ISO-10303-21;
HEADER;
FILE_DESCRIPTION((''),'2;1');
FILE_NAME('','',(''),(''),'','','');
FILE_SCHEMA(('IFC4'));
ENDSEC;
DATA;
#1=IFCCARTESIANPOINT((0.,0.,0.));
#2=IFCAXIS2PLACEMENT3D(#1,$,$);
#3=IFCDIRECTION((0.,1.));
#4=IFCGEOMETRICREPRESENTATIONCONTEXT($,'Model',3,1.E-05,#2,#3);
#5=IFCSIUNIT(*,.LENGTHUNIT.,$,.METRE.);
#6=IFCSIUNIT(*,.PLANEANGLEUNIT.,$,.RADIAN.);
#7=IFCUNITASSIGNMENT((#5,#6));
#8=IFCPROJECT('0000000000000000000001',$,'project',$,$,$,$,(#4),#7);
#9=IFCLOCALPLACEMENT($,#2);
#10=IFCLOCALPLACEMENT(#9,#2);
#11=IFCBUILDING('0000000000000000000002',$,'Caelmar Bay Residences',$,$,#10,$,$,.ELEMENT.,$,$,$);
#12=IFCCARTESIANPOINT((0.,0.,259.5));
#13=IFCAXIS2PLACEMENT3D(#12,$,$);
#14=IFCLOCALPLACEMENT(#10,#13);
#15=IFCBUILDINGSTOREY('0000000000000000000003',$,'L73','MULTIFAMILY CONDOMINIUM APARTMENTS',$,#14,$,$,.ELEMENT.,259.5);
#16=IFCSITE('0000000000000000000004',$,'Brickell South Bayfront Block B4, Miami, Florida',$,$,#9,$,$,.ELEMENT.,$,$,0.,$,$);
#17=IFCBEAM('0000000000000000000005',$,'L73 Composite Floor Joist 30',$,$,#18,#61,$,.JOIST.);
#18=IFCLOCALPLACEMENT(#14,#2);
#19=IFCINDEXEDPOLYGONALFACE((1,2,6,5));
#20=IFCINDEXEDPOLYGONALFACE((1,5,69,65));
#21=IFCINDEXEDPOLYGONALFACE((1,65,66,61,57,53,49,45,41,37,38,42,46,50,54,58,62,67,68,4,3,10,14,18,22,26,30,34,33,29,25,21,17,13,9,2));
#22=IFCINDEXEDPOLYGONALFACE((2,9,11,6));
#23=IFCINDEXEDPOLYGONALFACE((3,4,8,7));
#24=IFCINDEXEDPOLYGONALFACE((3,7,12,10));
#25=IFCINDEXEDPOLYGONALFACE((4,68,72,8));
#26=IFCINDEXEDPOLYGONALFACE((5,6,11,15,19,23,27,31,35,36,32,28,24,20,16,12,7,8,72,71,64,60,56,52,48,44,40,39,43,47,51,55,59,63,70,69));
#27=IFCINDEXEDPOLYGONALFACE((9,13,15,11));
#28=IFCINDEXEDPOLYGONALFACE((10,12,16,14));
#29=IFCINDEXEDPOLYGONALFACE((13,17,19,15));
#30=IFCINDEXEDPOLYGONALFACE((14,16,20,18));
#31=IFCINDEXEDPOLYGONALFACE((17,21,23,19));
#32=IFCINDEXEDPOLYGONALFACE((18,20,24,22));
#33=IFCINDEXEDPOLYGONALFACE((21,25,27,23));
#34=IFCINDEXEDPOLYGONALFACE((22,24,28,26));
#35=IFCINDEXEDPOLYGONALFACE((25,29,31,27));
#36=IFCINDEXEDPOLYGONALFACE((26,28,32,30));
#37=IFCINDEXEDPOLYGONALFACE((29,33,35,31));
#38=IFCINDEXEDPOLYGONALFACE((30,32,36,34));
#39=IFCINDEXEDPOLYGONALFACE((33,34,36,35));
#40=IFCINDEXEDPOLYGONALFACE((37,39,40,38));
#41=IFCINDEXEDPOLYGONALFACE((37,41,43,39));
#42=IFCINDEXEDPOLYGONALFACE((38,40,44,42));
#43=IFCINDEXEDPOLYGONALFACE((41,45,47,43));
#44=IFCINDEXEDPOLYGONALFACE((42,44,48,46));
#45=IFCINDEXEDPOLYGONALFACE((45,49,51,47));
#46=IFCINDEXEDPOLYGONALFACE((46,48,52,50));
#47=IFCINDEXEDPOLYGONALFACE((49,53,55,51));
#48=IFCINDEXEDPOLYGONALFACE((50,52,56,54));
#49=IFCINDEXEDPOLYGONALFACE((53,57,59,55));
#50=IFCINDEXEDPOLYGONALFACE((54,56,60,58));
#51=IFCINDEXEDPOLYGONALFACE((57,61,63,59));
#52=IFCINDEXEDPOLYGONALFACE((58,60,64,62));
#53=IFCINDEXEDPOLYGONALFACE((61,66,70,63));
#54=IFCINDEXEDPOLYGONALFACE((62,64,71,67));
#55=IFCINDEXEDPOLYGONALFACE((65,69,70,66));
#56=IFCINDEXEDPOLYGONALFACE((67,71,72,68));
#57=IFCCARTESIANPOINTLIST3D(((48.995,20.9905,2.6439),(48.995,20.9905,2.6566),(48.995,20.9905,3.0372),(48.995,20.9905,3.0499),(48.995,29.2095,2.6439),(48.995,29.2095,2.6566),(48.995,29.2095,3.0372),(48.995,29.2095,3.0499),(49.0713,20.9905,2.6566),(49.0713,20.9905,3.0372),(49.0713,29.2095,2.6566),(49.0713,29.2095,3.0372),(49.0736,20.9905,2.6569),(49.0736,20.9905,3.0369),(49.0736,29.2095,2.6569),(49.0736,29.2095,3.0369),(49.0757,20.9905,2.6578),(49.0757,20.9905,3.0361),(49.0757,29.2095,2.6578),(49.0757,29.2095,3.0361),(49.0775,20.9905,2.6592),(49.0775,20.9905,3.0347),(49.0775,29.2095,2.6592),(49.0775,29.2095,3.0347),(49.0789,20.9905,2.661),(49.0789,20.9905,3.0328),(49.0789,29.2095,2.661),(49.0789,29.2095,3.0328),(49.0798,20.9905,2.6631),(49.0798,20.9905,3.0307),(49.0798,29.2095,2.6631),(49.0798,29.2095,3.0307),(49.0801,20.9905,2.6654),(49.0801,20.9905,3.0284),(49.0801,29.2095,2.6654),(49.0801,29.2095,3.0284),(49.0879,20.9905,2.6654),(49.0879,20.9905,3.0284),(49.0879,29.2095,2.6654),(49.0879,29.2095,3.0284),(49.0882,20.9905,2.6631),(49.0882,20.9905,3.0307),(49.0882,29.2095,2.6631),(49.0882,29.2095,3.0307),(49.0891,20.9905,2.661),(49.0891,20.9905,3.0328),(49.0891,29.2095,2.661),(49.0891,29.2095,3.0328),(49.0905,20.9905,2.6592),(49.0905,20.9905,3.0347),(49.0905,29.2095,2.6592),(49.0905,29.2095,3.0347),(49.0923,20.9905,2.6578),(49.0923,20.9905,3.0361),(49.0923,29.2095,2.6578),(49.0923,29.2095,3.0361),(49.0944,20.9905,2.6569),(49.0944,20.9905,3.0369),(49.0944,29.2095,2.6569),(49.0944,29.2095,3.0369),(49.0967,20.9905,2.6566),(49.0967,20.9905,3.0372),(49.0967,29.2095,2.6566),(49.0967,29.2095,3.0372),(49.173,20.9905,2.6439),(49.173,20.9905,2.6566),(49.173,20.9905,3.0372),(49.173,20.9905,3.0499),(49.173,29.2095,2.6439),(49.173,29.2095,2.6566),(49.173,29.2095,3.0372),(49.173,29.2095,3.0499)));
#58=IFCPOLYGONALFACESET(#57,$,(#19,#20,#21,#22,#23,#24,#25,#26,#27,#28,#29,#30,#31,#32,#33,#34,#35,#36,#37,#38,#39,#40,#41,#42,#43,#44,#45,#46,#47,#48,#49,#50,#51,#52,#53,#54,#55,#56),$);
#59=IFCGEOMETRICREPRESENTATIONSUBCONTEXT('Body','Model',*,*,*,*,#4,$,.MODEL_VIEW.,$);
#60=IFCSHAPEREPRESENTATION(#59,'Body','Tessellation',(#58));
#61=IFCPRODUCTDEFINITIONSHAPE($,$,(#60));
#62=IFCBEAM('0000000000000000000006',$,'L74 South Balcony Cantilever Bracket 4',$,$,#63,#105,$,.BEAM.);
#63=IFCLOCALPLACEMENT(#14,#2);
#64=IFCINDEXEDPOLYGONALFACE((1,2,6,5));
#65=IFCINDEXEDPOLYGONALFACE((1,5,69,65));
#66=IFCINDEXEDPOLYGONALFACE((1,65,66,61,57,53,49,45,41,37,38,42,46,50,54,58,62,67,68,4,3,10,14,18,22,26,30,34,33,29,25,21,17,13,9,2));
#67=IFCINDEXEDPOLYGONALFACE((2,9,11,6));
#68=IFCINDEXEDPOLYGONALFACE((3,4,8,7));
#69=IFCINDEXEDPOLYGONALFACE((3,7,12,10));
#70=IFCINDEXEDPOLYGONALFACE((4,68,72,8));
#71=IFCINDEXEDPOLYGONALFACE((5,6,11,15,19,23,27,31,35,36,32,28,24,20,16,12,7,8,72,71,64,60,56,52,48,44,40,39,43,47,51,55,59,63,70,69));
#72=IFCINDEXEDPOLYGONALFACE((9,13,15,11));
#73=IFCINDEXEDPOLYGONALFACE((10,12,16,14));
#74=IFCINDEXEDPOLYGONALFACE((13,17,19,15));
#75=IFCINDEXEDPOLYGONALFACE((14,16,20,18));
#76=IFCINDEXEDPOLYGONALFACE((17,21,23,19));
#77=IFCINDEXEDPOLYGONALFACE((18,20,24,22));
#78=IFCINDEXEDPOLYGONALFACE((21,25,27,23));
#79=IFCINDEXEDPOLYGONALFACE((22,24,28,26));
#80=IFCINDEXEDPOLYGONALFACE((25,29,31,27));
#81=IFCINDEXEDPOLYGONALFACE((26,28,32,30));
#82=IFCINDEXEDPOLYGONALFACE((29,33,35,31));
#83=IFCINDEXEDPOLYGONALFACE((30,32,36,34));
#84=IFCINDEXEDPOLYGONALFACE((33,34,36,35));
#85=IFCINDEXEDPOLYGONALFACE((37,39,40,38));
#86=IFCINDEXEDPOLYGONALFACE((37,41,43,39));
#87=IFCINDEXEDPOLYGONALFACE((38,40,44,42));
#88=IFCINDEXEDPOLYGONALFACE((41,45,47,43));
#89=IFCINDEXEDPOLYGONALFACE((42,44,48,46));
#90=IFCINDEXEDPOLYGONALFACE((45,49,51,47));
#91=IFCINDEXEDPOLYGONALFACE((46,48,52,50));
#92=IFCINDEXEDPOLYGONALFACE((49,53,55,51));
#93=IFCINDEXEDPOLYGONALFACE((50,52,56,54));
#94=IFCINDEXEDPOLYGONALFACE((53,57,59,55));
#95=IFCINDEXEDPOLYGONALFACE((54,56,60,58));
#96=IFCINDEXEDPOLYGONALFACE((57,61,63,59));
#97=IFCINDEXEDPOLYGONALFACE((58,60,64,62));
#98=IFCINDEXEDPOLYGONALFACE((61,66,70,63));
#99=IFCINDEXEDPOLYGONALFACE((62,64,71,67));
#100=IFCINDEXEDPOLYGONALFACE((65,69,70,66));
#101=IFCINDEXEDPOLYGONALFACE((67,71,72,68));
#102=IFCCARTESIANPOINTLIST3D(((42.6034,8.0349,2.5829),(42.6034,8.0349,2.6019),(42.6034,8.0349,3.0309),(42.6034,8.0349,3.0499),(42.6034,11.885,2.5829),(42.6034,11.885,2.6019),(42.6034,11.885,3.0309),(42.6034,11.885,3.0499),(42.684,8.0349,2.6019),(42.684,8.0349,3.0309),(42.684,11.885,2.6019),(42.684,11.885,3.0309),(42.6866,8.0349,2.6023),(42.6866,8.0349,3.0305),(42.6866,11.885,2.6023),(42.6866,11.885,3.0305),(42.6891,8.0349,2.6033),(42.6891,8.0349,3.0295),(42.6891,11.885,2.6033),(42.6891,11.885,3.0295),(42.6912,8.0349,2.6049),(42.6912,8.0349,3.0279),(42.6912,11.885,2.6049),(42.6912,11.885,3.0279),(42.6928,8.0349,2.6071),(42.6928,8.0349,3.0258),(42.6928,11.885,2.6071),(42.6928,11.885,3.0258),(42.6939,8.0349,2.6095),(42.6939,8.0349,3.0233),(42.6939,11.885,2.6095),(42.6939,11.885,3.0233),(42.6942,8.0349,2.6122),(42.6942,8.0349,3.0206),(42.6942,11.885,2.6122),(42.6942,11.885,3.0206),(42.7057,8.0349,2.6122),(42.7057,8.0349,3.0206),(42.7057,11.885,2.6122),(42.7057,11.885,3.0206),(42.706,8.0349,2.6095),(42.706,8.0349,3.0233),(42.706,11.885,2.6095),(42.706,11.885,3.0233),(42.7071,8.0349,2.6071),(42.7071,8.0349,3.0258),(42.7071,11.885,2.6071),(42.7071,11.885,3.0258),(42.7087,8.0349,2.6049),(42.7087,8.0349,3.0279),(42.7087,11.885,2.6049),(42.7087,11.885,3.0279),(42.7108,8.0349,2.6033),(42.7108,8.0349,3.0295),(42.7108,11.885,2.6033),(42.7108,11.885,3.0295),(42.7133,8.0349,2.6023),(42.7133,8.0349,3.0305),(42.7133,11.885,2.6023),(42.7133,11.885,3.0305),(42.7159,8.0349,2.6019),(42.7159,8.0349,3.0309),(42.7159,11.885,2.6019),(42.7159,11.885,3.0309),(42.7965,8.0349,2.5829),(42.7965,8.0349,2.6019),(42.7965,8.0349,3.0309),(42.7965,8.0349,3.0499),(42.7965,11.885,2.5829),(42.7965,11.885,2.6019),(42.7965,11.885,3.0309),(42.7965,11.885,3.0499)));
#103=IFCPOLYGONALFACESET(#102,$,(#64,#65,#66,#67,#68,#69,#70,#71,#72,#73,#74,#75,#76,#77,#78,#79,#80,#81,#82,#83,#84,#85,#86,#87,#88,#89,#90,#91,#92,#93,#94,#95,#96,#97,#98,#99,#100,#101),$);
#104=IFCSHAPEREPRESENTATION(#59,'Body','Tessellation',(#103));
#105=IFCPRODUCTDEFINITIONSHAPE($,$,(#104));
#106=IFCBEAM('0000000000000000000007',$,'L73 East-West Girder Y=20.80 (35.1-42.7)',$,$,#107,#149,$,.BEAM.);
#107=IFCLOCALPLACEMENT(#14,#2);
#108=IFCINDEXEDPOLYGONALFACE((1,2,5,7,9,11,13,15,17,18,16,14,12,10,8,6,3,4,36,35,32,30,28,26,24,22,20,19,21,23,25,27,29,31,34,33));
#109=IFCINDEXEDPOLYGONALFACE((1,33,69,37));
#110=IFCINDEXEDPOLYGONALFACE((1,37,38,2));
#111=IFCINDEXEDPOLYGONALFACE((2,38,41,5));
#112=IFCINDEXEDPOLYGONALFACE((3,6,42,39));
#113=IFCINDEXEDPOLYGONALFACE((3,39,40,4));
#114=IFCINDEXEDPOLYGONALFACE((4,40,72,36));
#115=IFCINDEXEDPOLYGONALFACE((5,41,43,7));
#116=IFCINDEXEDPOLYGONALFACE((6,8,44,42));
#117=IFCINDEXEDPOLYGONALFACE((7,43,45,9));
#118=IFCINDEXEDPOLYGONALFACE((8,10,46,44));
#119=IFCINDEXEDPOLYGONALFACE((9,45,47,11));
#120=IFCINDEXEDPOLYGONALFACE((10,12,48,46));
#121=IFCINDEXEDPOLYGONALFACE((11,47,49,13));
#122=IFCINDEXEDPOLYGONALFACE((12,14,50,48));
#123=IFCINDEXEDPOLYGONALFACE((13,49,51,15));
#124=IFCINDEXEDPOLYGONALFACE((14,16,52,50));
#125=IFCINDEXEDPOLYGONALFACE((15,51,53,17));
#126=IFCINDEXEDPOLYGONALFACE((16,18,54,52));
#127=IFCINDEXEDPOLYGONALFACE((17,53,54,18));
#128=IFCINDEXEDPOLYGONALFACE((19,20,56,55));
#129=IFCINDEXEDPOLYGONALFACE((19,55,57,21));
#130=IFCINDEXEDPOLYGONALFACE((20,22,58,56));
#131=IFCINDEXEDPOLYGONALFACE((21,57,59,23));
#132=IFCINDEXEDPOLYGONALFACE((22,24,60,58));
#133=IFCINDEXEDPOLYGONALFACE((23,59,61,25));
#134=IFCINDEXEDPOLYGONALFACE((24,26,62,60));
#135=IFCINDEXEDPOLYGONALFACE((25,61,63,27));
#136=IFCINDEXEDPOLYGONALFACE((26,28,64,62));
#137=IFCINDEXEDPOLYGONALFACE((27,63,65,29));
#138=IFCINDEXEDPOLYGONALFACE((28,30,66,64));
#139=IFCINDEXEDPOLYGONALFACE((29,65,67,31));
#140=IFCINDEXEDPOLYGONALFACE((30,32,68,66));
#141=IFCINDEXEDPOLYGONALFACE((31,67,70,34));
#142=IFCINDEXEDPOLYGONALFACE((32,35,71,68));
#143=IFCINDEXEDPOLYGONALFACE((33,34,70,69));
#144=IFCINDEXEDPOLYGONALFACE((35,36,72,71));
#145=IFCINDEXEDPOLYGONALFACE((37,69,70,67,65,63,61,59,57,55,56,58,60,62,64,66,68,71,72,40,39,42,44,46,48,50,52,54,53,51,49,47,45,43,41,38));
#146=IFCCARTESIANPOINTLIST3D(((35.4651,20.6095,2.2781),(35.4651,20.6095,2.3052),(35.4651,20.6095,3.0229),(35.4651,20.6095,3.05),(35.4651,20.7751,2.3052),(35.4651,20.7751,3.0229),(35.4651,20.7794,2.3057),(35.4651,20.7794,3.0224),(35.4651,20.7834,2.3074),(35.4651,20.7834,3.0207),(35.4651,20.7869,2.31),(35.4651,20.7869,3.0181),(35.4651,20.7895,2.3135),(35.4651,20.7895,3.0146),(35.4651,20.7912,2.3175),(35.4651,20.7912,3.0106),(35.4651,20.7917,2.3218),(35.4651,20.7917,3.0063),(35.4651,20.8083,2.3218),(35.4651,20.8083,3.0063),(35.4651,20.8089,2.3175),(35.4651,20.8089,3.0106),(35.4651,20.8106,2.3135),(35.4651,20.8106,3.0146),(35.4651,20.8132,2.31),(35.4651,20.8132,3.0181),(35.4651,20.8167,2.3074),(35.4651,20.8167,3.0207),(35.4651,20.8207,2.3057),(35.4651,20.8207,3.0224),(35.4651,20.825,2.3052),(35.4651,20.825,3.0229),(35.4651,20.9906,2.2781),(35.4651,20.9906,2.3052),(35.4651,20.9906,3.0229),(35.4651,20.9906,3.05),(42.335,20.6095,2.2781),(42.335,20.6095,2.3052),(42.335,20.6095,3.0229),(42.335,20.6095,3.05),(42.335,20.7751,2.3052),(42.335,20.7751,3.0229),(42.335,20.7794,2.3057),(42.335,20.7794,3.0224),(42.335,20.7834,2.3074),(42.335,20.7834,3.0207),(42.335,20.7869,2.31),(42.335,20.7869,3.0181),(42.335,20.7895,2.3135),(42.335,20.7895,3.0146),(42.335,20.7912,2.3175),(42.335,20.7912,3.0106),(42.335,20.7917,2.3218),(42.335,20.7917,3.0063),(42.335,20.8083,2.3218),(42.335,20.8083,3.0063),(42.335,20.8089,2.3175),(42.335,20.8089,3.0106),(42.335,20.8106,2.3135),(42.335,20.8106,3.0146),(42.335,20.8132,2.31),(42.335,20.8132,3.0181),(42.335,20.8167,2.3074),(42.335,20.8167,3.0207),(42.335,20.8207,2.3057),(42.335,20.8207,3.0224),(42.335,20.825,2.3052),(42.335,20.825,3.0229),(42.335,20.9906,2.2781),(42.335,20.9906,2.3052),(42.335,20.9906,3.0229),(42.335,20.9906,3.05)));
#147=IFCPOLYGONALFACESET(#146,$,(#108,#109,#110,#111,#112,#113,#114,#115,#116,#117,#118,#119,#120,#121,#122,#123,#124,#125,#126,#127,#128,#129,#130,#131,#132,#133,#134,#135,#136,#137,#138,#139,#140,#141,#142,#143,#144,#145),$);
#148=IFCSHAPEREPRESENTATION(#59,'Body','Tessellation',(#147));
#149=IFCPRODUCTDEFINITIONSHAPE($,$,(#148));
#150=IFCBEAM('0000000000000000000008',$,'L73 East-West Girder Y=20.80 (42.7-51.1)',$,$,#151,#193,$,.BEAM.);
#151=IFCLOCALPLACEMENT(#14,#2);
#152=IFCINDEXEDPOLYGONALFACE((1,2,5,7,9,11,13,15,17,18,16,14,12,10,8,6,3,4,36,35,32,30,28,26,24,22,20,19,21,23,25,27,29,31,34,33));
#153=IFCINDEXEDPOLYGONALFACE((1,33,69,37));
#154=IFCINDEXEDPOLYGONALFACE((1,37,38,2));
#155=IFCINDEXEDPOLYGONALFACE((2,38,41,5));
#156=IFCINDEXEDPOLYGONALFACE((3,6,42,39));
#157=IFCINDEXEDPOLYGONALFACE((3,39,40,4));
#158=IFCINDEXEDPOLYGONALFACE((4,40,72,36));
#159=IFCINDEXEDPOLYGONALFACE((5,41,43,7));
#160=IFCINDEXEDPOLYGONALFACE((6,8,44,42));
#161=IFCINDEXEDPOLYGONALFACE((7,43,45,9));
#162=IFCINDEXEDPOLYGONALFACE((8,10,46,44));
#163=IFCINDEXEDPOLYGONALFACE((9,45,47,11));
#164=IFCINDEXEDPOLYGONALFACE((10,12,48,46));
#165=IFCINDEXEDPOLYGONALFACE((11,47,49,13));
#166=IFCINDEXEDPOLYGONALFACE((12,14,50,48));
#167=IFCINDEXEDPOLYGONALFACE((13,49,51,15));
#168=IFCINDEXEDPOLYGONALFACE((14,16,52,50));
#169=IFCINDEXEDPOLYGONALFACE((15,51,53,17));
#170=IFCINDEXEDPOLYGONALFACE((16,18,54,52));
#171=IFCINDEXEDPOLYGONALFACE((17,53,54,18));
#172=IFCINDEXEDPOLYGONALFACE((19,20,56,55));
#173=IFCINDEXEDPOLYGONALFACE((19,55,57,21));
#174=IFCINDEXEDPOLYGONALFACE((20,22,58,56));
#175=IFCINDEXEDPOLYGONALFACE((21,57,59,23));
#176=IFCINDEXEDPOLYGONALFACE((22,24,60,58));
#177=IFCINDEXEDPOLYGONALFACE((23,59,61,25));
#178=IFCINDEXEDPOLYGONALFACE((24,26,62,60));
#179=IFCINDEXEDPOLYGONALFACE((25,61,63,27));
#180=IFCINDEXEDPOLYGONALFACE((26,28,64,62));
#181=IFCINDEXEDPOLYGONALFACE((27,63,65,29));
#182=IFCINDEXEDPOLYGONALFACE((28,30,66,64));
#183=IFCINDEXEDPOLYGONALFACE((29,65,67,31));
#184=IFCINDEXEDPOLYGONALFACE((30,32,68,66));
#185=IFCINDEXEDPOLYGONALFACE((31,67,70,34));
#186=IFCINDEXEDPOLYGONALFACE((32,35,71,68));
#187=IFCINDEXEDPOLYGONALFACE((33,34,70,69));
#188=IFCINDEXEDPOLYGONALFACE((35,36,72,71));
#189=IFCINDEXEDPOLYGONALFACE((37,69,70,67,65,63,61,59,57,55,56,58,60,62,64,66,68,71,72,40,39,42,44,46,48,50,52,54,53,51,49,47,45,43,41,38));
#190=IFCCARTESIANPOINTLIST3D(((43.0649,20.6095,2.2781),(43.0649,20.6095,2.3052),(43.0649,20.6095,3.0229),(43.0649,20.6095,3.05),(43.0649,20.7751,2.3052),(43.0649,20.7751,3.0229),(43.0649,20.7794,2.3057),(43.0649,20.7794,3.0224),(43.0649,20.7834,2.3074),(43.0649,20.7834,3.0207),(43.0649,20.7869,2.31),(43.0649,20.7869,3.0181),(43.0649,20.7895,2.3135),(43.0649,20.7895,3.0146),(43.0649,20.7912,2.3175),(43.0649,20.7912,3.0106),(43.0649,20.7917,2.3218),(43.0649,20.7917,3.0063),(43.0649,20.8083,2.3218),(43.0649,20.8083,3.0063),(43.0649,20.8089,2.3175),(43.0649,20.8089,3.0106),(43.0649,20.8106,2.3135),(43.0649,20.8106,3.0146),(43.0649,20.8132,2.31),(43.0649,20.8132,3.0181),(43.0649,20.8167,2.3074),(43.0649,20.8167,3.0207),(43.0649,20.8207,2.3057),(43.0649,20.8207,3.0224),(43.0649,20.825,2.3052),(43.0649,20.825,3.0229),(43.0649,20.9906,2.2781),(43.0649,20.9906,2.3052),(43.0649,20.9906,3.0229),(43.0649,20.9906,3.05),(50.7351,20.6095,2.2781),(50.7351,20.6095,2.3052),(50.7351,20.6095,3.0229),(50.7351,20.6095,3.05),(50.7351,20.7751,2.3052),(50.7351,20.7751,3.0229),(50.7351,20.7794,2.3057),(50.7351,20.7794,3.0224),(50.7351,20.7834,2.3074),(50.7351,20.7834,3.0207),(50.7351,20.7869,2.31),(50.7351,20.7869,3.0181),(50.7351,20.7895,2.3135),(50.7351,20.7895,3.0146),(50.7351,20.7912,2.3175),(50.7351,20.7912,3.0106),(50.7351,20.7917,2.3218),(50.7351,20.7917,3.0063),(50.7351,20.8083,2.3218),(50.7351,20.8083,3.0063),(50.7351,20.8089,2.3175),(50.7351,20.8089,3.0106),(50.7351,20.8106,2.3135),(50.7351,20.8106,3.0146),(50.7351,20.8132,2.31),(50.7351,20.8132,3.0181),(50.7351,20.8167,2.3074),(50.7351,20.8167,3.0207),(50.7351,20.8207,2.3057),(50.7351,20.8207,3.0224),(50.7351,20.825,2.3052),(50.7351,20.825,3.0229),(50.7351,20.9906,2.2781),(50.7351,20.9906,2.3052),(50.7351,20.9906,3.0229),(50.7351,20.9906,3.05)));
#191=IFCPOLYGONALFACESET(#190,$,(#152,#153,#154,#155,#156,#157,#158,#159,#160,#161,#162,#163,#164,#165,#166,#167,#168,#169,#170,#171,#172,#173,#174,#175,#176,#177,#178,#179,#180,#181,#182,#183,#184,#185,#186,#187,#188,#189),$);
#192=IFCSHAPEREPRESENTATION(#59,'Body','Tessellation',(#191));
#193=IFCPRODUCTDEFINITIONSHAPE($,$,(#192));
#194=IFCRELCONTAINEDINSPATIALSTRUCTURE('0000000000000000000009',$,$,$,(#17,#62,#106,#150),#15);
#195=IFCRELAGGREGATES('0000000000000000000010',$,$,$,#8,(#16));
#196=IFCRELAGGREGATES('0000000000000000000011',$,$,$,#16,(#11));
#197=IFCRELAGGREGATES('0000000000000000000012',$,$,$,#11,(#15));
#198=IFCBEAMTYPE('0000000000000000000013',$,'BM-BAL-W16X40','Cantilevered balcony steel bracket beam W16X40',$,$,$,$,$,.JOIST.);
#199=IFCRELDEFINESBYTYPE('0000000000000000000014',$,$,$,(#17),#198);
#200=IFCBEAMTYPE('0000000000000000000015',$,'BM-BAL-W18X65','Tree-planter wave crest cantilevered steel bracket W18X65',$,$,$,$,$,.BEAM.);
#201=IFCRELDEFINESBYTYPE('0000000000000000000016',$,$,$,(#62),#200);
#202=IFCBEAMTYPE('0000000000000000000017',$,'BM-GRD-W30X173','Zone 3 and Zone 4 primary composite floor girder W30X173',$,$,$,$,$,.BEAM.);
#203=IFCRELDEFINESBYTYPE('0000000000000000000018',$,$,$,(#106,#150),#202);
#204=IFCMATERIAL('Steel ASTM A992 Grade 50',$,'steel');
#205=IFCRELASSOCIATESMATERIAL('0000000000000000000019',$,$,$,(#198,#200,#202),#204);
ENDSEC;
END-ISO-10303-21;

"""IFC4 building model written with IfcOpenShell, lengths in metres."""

from ifc_helpers import new_model, si_unit, direction, frame, origin, origin_2d, place, context, subcontext, project, spatial, i_section, extrude, material, material_profile, profile_set, type_object, element, save


model = new_model("IFC4")

# Units and contexts
model_context = context("Model", 3, precision=1e-05, world=origin(), true_north=direction((0.0, 1.0)))
body_context = subcontext(model_context, "Body", "Model", "MODEL_VIEW")
ifc_project = project(units=[si_unit("LENGTHUNIT", "METRE"), si_unit("PLANEANGLEUNIT", "RADIAN")], contexts=[model_context])

# Site, building, storey
site_placement = place(None, origin())
site = spatial("IfcSite", under=ifc_project, at=site_placement, Name="Brickell South Bayfront Block B4, Miami, Florida", CompositionType="ELEMENT", RefElevation=0.0)
building_placement = place(site_placement, origin())
building = spatial("IfcBuilding", under=site, at=building_placement, Name="Caelmar Bay Residences", CompositionType="ELEMENT")
storey_placement = place(building_placement, frame((0.0, 0.0, 259.5)))
storey = spatial("IfcBuildingStorey", under=building, at=storey_placement, Name="L73", Description="MULTIFAMILY CONDOMINIUM APARTMENTS", CompositionType="ELEMENT", Elevation=259.5)

# Beams
ifc_material_1 = material(Name="Steel ASTM A992 Grade 50", Category="steel")
ifc_material_profile_1 = material_profile(ifc_material_1, i_section(OverallWidth=0.178, OverallDepth=0.406, WebThickness=0.0078, FlangeThickness=0.0127, FilletRadius=0.0088, at=origin_2d()), Name="W16X40")
ifc_profile_set_1 = profile_set([ifc_material_profile_1], Name="Steel ASTM A992 Grade 50")
beam_type_1 = type_object("IfcBeamType", Name="BM-BAL-W16X40", Description="Cantilevered balcony steel bracket beam W16X40", PredefinedType="JOIST", material=ifc_profile_set_1)
for number, where, z_axis, x_axis, name in (
    (1, (49.084, 20.9905, 2.8469), (0.0, 1.0, 0.0), (-1.0, 0.0, 0.0), "L73 Composite Floor Joist 30"),
):
    element("IfcBeam", number, at=place(storey_placement, frame(where, z_axis=z_axis, x_axis=x_axis)), inside=storey, type_object=beam_type_1, Name=name, PredefinedType="JOIST", context=body_context, shape_type="SweptSolid", body=[
        extrude(i_section(OverallWidth=0.178, OverallDepth=0.406, WebThickness=0.0078, FlangeThickness=0.0127, FilletRadius=0.0088, at=origin_2d()), origin(), (0.0, 0.0, 1.0), 8.219),
    ])
ifc_material_profile_2 = material_profile(ifc_material_1, i_section(OverallWidth=0.1931, OverallDepth=0.467, WebThickness=0.0115, FlangeThickness=0.019, FilletRadius=0.0103, at=origin_2d()), Name="W18X65")
ifc_profile_set_2 = profile_set([ifc_material_profile_2], Name="Steel ASTM A992 Grade 50")
beam_type_2 = type_object("IfcBeamType", Name="BM-BAL-W18X65", Description="Tree-planter wave crest cantilevered steel bracket W18X65", PredefinedType="BEAM", material=ifc_profile_set_2)
beam_1_placement = place(storey_placement, frame((42.7, 11.885, 2.8164), z_axis=(0.0, -1.0, 0.0), x_axis=(1.0, 0.0, 0.0)))
element("IfcBeam", 2, at=beam_1_placement, inside=storey, type_object=beam_type_2, Name="L74 South Balcony Cantilever Bracket 4", PredefinedType="BEAM", context=body_context, shape_type="SweptSolid", body=[
    extrude(i_section(OverallWidth=0.1931, OverallDepth=0.467, WebThickness=0.0115, FlangeThickness=0.019, FilletRadius=0.0103, at=origin_2d()), origin(), (0.0, 0.0, 1.0), 3.8501),
])
ifc_material_profile_3 = material_profile(ifc_material_1, i_section(OverallWidth=0.3811, OverallDepth=0.772, WebThickness=0.0166, FlangeThickness=0.0271, FilletRadius=0.0166, at=origin_2d()), Name="W30X173")
ifc_profile_set_3 = profile_set([ifc_material_profile_3], Name="Steel ASTM A992 Grade 50")
beam_type_3 = type_object("IfcBeamType", Name="BM-GRD-W30X173", Description="Zone 3 and Zone 4 primary composite floor girder W30X173", PredefinedType="BEAM", material=ifc_profile_set_3)
beam_2_placement = place(storey_placement, frame((35.4651, 20.8, 2.6641), z_axis=(1.0, 0.0, 0.0), x_axis=(0.0, 1.0, 0.0)))
element("IfcBeam", 3, at=beam_2_placement, inside=storey, type_object=beam_type_3, Name="L73 East-West Girder Y=20.80 (35.1-42.7)", PredefinedType="BEAM", context=body_context, shape_type="SweptSolid", body=[
    extrude(i_section(OverallWidth=0.3811, OverallDepth=0.772, WebThickness=0.0166, FlangeThickness=0.0271, FilletRadius=0.0166, at=origin_2d()), origin(), (0.0, 0.0, 1.0), 6.8699),
])
beam_3_placement = place(storey_placement, frame((43.0649, 20.8, 2.6641), z_axis=(1.0, 0.0, 0.0), x_axis=(0.0, 1.0, 0.0)))
element("IfcBeam", 4, at=beam_3_placement, inside=storey, type_object=beam_type_3, Name="L73 East-West Girder Y=20.80 (42.7-51.1)", PredefinedType="BEAM", context=body_context, shape_type="SweptSolid", body=[
    extrude(i_section(OverallWidth=0.3811, OverallDepth=0.772, WebThickness=0.0166, FlangeThickness=0.0271, FilletRadius=0.0166, at=origin_2d()), origin(), (0.0, 0.0, 1.0), 7.6702),
])

save(model, "model.ifc")
